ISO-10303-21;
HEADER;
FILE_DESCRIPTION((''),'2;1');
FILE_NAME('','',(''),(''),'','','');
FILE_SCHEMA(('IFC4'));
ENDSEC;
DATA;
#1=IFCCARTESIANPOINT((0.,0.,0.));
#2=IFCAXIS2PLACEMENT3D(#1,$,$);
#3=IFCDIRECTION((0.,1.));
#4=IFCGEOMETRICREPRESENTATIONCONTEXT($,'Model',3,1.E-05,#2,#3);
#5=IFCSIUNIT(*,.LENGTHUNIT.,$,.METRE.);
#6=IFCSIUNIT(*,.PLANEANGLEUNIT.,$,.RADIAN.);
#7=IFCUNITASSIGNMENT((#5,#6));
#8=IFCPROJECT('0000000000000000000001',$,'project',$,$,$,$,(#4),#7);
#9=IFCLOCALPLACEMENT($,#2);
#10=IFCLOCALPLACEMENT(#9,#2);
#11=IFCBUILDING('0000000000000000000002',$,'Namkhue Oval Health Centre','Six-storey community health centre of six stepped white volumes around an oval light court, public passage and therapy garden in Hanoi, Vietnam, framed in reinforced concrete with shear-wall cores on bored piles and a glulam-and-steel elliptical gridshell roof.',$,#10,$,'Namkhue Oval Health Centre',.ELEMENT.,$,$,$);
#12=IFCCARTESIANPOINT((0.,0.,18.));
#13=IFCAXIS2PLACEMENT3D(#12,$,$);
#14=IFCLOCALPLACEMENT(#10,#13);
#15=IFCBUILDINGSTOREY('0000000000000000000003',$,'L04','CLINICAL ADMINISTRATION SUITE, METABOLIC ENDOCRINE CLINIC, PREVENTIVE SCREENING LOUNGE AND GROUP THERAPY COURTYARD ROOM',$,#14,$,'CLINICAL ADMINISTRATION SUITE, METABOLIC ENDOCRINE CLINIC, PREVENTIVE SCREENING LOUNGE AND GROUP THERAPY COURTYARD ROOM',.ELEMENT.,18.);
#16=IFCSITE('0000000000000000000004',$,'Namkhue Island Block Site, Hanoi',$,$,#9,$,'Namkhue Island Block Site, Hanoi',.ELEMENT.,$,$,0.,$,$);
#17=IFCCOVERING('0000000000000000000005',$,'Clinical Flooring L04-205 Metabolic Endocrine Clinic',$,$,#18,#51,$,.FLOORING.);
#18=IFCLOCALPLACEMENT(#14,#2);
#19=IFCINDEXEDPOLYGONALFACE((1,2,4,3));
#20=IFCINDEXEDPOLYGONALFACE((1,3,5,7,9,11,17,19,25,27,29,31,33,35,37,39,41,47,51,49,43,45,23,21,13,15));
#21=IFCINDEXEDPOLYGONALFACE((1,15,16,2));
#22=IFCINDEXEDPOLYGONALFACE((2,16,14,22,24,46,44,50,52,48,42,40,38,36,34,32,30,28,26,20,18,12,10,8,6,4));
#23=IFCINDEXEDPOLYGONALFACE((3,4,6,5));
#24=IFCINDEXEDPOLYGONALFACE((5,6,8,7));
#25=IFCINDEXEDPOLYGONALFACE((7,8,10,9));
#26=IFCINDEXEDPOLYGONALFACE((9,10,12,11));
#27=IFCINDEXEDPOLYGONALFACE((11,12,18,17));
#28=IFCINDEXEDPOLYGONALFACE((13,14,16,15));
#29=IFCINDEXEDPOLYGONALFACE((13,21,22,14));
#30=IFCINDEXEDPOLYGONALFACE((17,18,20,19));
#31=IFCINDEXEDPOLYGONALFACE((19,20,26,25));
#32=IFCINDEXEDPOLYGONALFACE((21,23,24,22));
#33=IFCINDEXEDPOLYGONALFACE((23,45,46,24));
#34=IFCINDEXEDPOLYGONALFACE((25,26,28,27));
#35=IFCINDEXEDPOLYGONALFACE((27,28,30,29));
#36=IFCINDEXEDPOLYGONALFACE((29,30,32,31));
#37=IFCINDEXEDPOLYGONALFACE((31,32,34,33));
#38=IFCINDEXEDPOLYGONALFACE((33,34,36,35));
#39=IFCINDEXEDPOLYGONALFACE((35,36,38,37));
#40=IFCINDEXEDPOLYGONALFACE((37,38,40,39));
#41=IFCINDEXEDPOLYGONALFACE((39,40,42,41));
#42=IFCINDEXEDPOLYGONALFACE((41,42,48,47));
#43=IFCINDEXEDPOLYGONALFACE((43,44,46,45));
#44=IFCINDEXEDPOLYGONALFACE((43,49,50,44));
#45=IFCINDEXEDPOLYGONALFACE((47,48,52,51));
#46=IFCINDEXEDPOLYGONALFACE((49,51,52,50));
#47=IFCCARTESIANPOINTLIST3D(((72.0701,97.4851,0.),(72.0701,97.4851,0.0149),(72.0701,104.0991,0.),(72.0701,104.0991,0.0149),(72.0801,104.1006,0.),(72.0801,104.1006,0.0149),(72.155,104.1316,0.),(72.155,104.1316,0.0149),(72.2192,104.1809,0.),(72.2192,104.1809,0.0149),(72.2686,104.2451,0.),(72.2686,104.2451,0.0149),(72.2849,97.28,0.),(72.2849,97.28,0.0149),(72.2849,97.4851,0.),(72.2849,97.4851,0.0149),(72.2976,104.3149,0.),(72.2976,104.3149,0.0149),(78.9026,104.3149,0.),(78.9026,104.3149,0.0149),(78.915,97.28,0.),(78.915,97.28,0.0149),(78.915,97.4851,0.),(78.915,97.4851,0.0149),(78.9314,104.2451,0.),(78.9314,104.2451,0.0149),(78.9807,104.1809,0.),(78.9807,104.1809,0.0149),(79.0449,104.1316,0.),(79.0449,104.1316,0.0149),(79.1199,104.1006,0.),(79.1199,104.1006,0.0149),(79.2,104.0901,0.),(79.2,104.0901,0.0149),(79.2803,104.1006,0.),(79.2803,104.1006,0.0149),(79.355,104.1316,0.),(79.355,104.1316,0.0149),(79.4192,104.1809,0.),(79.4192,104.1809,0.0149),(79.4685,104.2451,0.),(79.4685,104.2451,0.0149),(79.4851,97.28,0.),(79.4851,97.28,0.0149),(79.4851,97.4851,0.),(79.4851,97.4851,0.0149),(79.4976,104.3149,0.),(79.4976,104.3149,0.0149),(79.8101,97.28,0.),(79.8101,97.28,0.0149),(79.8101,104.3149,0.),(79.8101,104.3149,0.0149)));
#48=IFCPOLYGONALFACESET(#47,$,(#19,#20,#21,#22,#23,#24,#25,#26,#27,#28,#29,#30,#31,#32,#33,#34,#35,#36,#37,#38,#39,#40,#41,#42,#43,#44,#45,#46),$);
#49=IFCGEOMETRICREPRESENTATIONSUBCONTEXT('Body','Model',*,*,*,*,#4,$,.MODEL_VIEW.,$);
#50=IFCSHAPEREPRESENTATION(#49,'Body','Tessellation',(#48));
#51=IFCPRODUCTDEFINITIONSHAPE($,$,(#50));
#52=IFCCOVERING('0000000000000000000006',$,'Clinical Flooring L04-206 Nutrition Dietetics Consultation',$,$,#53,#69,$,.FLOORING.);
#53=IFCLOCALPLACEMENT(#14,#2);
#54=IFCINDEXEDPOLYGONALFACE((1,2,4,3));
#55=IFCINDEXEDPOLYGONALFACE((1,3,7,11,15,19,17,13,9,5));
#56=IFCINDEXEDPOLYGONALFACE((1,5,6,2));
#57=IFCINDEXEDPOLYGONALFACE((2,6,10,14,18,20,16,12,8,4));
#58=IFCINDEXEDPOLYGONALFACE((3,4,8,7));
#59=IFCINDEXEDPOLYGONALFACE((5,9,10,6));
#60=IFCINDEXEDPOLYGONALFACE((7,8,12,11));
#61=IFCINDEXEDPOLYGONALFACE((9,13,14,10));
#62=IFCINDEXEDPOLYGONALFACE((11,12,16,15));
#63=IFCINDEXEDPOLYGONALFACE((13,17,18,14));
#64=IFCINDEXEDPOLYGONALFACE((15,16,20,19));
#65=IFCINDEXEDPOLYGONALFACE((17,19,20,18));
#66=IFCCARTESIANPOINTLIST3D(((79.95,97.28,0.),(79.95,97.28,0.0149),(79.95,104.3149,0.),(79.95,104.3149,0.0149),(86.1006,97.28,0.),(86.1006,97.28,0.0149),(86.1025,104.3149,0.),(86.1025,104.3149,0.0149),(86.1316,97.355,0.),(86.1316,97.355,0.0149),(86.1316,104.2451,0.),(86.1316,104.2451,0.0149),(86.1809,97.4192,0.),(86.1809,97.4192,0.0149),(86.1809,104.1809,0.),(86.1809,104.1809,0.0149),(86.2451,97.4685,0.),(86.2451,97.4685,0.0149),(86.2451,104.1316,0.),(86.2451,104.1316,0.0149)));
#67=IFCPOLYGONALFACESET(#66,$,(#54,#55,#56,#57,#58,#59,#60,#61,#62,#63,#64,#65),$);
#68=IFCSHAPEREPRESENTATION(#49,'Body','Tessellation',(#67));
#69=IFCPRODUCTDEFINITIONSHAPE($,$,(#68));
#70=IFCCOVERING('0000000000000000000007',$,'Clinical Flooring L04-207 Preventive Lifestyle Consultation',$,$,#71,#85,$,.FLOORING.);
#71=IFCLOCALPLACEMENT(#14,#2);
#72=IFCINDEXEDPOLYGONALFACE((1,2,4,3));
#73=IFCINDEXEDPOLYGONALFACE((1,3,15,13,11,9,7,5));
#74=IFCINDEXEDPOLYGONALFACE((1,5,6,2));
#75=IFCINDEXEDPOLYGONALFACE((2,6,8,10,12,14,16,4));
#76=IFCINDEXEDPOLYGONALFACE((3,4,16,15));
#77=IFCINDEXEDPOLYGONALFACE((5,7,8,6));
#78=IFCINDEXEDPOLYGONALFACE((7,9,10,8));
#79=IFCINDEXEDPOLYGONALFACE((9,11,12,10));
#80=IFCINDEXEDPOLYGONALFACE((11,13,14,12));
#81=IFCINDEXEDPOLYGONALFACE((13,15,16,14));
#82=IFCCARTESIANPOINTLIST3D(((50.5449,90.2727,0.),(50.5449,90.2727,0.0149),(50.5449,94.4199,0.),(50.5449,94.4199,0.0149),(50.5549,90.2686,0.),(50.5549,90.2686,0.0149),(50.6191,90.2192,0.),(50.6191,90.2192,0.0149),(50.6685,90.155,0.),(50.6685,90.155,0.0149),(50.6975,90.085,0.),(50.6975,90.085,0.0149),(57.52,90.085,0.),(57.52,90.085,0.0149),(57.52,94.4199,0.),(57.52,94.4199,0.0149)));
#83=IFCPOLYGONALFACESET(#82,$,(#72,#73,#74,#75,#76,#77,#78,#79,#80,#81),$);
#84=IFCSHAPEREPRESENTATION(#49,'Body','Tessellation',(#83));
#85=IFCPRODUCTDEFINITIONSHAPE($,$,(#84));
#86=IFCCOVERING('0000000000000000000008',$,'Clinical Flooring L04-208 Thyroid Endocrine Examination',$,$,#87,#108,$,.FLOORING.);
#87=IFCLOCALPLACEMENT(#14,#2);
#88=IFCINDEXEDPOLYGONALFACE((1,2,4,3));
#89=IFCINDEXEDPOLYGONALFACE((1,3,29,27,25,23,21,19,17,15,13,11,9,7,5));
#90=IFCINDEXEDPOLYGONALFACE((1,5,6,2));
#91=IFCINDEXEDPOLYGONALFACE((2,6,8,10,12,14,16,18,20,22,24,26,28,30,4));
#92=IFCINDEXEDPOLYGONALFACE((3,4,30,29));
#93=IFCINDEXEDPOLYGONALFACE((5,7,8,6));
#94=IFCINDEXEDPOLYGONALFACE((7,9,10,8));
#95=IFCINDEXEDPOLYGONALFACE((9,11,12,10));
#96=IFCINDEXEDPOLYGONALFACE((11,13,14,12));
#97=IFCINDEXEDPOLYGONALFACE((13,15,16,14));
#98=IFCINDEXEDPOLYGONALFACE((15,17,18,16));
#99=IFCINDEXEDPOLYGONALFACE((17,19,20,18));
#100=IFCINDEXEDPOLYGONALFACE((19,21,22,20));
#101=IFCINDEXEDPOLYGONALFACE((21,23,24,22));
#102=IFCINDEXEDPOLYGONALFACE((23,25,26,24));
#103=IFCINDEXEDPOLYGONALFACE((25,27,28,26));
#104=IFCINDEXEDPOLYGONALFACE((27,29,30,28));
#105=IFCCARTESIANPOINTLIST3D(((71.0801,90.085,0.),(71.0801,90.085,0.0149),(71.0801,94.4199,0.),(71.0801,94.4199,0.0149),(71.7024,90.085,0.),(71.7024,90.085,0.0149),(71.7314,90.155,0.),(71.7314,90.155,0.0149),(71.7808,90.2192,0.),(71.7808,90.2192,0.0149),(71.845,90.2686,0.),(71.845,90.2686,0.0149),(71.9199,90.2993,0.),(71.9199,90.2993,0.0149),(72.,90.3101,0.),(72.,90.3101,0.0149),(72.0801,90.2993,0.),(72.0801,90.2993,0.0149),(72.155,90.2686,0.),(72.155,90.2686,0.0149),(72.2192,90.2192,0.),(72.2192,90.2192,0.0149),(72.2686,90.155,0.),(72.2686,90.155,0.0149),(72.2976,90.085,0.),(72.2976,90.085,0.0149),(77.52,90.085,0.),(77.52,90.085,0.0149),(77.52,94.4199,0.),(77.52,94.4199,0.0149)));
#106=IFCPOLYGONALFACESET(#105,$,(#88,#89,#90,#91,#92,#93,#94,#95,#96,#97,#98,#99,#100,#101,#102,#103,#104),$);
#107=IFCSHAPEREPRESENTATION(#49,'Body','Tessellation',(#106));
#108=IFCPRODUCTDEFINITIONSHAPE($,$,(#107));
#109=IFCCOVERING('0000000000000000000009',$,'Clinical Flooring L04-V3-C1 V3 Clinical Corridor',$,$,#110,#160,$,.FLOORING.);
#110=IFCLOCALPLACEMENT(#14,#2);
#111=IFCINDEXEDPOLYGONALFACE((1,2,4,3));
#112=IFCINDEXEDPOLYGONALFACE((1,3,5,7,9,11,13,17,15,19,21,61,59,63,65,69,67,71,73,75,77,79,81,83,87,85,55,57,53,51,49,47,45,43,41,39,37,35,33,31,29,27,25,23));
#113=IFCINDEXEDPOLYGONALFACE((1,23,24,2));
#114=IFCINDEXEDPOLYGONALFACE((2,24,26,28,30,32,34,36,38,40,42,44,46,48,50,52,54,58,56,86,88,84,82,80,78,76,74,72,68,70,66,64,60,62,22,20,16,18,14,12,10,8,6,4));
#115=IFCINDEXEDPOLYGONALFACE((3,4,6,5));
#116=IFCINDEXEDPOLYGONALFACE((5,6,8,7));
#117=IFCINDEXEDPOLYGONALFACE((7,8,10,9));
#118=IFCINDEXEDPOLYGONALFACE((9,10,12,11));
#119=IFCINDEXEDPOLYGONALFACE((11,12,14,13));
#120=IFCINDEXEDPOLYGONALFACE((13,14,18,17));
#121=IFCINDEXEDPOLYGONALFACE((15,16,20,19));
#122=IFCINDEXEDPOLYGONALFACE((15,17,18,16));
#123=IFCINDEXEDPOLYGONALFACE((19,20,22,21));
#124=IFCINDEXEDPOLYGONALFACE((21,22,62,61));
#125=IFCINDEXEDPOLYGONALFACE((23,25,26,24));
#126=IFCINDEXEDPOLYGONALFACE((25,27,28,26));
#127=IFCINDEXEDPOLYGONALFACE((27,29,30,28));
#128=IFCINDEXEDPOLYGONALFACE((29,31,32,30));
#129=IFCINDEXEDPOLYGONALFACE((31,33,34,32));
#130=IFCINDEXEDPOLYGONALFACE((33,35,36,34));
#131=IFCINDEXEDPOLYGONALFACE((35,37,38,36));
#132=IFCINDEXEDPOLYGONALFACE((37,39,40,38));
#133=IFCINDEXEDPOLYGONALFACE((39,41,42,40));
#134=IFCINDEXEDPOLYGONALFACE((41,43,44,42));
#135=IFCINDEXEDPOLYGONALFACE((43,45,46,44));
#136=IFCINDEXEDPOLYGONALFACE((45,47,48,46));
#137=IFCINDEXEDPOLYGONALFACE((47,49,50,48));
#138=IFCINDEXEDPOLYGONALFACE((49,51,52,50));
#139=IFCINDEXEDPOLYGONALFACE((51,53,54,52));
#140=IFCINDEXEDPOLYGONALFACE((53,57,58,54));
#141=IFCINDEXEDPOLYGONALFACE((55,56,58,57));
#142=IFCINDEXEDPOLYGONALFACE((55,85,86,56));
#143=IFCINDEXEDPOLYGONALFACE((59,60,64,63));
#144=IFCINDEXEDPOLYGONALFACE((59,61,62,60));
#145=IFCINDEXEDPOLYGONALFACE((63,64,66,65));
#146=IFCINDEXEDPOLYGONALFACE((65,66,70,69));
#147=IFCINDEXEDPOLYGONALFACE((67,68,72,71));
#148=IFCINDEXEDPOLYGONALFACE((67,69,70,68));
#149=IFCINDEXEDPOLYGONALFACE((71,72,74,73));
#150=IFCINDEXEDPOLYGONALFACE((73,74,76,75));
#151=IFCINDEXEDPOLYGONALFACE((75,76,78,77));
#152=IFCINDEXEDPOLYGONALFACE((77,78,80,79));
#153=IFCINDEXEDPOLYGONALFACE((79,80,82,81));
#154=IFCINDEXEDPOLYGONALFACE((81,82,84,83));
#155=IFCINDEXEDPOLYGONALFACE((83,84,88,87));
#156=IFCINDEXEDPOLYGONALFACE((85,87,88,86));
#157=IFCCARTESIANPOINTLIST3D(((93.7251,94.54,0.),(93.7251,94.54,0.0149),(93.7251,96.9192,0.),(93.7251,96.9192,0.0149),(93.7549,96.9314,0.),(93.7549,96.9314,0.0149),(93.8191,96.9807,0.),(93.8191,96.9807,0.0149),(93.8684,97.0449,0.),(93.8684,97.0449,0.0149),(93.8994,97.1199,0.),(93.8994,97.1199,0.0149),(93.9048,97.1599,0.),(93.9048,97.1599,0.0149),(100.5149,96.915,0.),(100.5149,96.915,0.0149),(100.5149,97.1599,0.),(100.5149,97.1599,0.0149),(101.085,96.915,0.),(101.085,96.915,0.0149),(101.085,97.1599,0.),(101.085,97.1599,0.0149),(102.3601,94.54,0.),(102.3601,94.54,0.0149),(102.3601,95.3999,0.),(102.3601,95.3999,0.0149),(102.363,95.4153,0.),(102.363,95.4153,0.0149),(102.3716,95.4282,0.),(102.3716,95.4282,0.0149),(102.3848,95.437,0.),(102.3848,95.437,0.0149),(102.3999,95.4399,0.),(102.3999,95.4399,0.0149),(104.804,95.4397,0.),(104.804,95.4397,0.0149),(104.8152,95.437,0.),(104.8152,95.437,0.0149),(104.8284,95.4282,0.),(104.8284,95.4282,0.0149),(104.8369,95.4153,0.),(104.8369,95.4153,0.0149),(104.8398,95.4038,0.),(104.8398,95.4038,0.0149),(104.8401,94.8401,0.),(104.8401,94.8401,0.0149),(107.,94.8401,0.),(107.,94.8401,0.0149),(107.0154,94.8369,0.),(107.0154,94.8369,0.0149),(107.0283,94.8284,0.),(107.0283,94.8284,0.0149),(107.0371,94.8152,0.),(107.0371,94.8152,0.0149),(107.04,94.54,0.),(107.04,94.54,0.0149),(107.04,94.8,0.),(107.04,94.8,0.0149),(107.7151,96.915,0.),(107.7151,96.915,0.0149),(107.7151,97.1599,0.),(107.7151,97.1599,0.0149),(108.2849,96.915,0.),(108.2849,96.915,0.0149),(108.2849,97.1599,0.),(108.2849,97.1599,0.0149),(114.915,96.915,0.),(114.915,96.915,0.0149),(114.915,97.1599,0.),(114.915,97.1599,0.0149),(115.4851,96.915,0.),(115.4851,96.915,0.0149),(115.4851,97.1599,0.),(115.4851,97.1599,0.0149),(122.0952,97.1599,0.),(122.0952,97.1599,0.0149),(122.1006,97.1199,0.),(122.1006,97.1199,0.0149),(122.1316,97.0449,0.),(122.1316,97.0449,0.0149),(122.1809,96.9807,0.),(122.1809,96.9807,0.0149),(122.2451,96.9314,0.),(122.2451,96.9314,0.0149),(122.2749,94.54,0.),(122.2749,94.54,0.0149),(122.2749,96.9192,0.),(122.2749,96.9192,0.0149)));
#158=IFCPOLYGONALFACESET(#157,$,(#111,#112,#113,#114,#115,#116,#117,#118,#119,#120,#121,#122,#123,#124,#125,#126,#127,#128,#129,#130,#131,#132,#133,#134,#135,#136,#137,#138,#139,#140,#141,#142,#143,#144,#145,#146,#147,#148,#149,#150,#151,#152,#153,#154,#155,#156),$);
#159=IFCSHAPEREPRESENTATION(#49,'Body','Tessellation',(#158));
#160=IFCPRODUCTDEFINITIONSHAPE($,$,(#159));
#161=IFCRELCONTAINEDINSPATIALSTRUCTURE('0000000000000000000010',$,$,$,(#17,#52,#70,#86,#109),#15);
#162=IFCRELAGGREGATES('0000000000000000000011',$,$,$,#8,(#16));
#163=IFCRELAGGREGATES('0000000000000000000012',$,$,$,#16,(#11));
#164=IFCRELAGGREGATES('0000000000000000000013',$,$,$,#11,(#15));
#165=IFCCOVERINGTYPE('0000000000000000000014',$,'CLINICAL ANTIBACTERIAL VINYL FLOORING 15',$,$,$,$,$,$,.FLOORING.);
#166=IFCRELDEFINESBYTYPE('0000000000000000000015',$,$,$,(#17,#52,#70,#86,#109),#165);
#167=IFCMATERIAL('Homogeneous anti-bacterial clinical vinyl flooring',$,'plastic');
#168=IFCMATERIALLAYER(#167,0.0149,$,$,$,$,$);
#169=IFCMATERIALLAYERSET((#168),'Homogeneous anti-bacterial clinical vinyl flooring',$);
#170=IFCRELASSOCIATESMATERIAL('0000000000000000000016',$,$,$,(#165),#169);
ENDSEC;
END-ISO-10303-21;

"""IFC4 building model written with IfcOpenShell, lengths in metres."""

from ifc_helpers import new_model, si_unit, direction, frame, origin, place, context, subcontext, project, spatial, polyline, outline, extrude, material, layer, layer_set, type_object, element, save


model = new_model("IFC4")

# Units and contexts
model_context = context("Model", 3, precision=1e-05, world=origin(), true_north=direction((0.0, 1.0)))
body_context = subcontext(model_context, "Body", "Model", "MODEL_VIEW")
ifc_project = project(units=[si_unit("LENGTHUNIT", "METRE"), si_unit("PLANEANGLEUNIT", "RADIAN")], contexts=[model_context])

# Site, building, storey
site_placement = place(None, origin())
site = spatial("IfcSite", under=ifc_project, at=site_placement, Name="Namkhue Island Block Site, Hanoi", LongName="Namkhue Island Block Site, Hanoi", CompositionType="ELEMENT", RefElevation=0.0)
building_placement = place(site_placement, origin())
building = spatial("IfcBuilding", under=site, at=building_placement, Name="Namkhue Oval Health Centre", Description="Six-storey community health centre of six stepped white volumes around an oval light court, public passage and therapy garden in Hanoi, Vietnam, framed in reinforced concrete with shear-wall cores on bored piles and a glulam-and-steel elliptical gridshell roof.", LongName="Namkhue Oval Health Centre", CompositionType="ELEMENT")
storey_placement = place(building_placement, frame((0.0, 0.0, 18.0)))
storey = spatial("IfcBuildingStorey", under=building, at=storey_placement, Name="L04", Description="CLINICAL ADMINISTRATION SUITE, METABOLIC ENDOCRINE CLINIC, PREVENTIVE SCREENING LOUNGE AND GROUP THERAPY COURTYARD ROOM", LongName="CLINICAL ADMINISTRATION SUITE, METABOLIC ENDOCRINE CLINIC, PREVENTIVE SCREENING LOUNGE AND GROUP THERAPY COURTYARD ROOM", CompositionType="ELEMENT", Elevation=18.0)

# Coverings
ifc_material_1 = material(Name="Homogeneous anti-bacterial clinical vinyl flooring", Category="plastic")
ifc_layer_1 = layer(ifc_material_1, 0.0149)
ifc_layer_set_1 = layer_set([ifc_layer_1], Name="Homogeneous anti-bacterial clinical vinyl flooring")
covering_type = type_object("IfcCoveringType", Name="CLINICAL ANTIBACTERIAL VINYL FLOORING 15", PredefinedType="FLOORING", material=ifc_layer_set_1)
covering_1_placement = place(storey_placement, origin())
element("IfcCovering", 1, at=covering_1_placement, inside=storey, type_object=covering_type, Name="Clinical Flooring L04-205 Metabolic Endocrine Clinic", PredefinedType="FLOORING", context=body_context, shape_type="SweptSolid", body=[
    extrude(outline(polyline([(79.4851, 97.28), (79.4851, 97.4851), (78.915, 97.4851), (78.915, 97.28), (72.2849, 97.28), (72.2849, 97.4851), (72.0701, 97.4851), (72.0701, 104.0991), (72.0801, 104.1006), (72.155, 104.1316), (72.2192, 104.1809), (72.2686, 104.2451), (72.2976, 104.3149), (78.9026, 104.3149), (78.9314, 104.2451), (78.9807, 104.1809), (79.0449, 104.1316), (79.1199, 104.1006), (79.2, 104.0901), (79.2803, 104.1006), (79.355, 104.1316), (79.4192, 104.1809), (79.4685, 104.2451), (79.4976, 104.3149), (79.8101, 104.3149), (79.8101, 97.28), (79.4851, 97.28)])), origin(), (0.0, 0.0, 1.0), 0.0149),
])
covering_2_placement = place(storey_placement, origin())
element("IfcCovering", 2, at=covering_2_placement, inside=storey, type_object=covering_type, Name="Clinical Flooring L04-206 Nutrition Dietetics Consultation", PredefinedType="FLOORING", context=body_context, shape_type="SweptSolid", body=[
    extrude(outline(polyline([(79.95, 97.28), (79.95, 104.3149), (86.1025, 104.3149), (86.1316, 104.2451), (86.1809, 104.1809), (86.2451, 104.1316), (86.2451, 97.4685), (86.1809, 97.4192), (86.1316, 97.355), (86.1006, 97.28), (79.95, 97.28)])), origin(), (0.0, 0.0, 1.0), 0.0149),
])
covering_3_placement = place(storey_placement, origin())
element("IfcCovering", 3, at=covering_3_placement, inside=storey, type_object=covering_type, Name="Clinical Flooring L04-207 Preventive Lifestyle Consultation", PredefinedType="FLOORING", context=body_context, shape_type="SweptSolid", body=[
    extrude(outline(polyline([(50.6975, 90.085), (50.6685, 90.155), (50.6191, 90.2192), (50.5549, 90.2686), (50.5449, 90.2727), (50.5449, 94.4199), (57.52, 94.4199), (57.52, 90.085), (50.6975, 90.085)])), origin(), (0.0, 0.0, 1.0), 0.0149),
])
covering_4_placement = place(storey_placement, origin())
element("IfcCovering", 4, at=covering_4_placement, inside=storey, type_object=covering_type, Name="Clinical Flooring L04-208 Thyroid Endocrine Examination", PredefinedType="FLOORING", context=body_context, shape_type="SweptSolid", body=[
    extrude(outline(polyline([(72.2976, 90.085), (72.2686, 90.155), (72.2192, 90.2192), (72.155, 90.2686), (72.0801, 90.2993), (72.0, 90.3101), (71.9199, 90.2993), (71.845, 90.2686), (71.7808, 90.2192), (71.7314, 90.155), (71.7024, 90.085), (71.0801, 90.085), (71.0801, 94.4199), (77.52, 94.4199), (77.52, 90.085), (72.2976, 90.085)])), origin(), (0.0, 0.0, 1.0), 0.0149),
])
covering_5_placement = place(storey_placement, origin())
element("IfcCovering", 5, at=covering_5_placement, inside=storey, type_object=covering_type, Name="Clinical Flooring L04-V3-C1 V3 Clinical Corridor", PredefinedType="FLOORING", context=body_context, shape_type="SweptSolid", body=[
    extrude(outline(polyline([(107.04, 94.8), (107.0371, 94.8152), (107.0283, 94.8284), (107.0154, 94.8369), (107.0, 94.8401), (104.8401, 94.8401), (104.8398, 95.4038), (104.8369, 95.4153), (104.8284, 95.4282), (104.8152, 95.437), (104.804, 95.4397), (102.3999, 95.4399), (102.3848, 95.437), (102.3716, 95.4282), (102.363, 95.4153), (102.3601, 95.3999), (102.3601, 94.54), (93.7251, 94.54), (93.7251, 96.9192), (93.7549, 96.9314), (93.8191, 96.9807), (93.8684, 97.0449), (93.8994, 97.1199), (93.9048, 97.1599), (100.5149, 97.1599), (100.5149, 96.915), (101.085, 96.915), (101.085, 97.1599), (107.7151, 97.1599), (107.7151, 96.915), (108.2849, 96.915), (108.2849, 97.1599), (114.915, 97.1599), (114.915, 96.915), (115.4851, 96.915), (115.4851, 97.1599), (122.0952, 97.1599), (122.1006, 97.1199), (122.1316, 97.0449), (122.1809, 96.9807), (122.2451, 96.9314), (122.2749, 96.9192), (122.2749, 94.54), (107.04, 94.54), (107.04, 94.8)])), origin(), (0.0, 0.0, 1.0), 0.0149),
])

save(model, "model.ifc")
